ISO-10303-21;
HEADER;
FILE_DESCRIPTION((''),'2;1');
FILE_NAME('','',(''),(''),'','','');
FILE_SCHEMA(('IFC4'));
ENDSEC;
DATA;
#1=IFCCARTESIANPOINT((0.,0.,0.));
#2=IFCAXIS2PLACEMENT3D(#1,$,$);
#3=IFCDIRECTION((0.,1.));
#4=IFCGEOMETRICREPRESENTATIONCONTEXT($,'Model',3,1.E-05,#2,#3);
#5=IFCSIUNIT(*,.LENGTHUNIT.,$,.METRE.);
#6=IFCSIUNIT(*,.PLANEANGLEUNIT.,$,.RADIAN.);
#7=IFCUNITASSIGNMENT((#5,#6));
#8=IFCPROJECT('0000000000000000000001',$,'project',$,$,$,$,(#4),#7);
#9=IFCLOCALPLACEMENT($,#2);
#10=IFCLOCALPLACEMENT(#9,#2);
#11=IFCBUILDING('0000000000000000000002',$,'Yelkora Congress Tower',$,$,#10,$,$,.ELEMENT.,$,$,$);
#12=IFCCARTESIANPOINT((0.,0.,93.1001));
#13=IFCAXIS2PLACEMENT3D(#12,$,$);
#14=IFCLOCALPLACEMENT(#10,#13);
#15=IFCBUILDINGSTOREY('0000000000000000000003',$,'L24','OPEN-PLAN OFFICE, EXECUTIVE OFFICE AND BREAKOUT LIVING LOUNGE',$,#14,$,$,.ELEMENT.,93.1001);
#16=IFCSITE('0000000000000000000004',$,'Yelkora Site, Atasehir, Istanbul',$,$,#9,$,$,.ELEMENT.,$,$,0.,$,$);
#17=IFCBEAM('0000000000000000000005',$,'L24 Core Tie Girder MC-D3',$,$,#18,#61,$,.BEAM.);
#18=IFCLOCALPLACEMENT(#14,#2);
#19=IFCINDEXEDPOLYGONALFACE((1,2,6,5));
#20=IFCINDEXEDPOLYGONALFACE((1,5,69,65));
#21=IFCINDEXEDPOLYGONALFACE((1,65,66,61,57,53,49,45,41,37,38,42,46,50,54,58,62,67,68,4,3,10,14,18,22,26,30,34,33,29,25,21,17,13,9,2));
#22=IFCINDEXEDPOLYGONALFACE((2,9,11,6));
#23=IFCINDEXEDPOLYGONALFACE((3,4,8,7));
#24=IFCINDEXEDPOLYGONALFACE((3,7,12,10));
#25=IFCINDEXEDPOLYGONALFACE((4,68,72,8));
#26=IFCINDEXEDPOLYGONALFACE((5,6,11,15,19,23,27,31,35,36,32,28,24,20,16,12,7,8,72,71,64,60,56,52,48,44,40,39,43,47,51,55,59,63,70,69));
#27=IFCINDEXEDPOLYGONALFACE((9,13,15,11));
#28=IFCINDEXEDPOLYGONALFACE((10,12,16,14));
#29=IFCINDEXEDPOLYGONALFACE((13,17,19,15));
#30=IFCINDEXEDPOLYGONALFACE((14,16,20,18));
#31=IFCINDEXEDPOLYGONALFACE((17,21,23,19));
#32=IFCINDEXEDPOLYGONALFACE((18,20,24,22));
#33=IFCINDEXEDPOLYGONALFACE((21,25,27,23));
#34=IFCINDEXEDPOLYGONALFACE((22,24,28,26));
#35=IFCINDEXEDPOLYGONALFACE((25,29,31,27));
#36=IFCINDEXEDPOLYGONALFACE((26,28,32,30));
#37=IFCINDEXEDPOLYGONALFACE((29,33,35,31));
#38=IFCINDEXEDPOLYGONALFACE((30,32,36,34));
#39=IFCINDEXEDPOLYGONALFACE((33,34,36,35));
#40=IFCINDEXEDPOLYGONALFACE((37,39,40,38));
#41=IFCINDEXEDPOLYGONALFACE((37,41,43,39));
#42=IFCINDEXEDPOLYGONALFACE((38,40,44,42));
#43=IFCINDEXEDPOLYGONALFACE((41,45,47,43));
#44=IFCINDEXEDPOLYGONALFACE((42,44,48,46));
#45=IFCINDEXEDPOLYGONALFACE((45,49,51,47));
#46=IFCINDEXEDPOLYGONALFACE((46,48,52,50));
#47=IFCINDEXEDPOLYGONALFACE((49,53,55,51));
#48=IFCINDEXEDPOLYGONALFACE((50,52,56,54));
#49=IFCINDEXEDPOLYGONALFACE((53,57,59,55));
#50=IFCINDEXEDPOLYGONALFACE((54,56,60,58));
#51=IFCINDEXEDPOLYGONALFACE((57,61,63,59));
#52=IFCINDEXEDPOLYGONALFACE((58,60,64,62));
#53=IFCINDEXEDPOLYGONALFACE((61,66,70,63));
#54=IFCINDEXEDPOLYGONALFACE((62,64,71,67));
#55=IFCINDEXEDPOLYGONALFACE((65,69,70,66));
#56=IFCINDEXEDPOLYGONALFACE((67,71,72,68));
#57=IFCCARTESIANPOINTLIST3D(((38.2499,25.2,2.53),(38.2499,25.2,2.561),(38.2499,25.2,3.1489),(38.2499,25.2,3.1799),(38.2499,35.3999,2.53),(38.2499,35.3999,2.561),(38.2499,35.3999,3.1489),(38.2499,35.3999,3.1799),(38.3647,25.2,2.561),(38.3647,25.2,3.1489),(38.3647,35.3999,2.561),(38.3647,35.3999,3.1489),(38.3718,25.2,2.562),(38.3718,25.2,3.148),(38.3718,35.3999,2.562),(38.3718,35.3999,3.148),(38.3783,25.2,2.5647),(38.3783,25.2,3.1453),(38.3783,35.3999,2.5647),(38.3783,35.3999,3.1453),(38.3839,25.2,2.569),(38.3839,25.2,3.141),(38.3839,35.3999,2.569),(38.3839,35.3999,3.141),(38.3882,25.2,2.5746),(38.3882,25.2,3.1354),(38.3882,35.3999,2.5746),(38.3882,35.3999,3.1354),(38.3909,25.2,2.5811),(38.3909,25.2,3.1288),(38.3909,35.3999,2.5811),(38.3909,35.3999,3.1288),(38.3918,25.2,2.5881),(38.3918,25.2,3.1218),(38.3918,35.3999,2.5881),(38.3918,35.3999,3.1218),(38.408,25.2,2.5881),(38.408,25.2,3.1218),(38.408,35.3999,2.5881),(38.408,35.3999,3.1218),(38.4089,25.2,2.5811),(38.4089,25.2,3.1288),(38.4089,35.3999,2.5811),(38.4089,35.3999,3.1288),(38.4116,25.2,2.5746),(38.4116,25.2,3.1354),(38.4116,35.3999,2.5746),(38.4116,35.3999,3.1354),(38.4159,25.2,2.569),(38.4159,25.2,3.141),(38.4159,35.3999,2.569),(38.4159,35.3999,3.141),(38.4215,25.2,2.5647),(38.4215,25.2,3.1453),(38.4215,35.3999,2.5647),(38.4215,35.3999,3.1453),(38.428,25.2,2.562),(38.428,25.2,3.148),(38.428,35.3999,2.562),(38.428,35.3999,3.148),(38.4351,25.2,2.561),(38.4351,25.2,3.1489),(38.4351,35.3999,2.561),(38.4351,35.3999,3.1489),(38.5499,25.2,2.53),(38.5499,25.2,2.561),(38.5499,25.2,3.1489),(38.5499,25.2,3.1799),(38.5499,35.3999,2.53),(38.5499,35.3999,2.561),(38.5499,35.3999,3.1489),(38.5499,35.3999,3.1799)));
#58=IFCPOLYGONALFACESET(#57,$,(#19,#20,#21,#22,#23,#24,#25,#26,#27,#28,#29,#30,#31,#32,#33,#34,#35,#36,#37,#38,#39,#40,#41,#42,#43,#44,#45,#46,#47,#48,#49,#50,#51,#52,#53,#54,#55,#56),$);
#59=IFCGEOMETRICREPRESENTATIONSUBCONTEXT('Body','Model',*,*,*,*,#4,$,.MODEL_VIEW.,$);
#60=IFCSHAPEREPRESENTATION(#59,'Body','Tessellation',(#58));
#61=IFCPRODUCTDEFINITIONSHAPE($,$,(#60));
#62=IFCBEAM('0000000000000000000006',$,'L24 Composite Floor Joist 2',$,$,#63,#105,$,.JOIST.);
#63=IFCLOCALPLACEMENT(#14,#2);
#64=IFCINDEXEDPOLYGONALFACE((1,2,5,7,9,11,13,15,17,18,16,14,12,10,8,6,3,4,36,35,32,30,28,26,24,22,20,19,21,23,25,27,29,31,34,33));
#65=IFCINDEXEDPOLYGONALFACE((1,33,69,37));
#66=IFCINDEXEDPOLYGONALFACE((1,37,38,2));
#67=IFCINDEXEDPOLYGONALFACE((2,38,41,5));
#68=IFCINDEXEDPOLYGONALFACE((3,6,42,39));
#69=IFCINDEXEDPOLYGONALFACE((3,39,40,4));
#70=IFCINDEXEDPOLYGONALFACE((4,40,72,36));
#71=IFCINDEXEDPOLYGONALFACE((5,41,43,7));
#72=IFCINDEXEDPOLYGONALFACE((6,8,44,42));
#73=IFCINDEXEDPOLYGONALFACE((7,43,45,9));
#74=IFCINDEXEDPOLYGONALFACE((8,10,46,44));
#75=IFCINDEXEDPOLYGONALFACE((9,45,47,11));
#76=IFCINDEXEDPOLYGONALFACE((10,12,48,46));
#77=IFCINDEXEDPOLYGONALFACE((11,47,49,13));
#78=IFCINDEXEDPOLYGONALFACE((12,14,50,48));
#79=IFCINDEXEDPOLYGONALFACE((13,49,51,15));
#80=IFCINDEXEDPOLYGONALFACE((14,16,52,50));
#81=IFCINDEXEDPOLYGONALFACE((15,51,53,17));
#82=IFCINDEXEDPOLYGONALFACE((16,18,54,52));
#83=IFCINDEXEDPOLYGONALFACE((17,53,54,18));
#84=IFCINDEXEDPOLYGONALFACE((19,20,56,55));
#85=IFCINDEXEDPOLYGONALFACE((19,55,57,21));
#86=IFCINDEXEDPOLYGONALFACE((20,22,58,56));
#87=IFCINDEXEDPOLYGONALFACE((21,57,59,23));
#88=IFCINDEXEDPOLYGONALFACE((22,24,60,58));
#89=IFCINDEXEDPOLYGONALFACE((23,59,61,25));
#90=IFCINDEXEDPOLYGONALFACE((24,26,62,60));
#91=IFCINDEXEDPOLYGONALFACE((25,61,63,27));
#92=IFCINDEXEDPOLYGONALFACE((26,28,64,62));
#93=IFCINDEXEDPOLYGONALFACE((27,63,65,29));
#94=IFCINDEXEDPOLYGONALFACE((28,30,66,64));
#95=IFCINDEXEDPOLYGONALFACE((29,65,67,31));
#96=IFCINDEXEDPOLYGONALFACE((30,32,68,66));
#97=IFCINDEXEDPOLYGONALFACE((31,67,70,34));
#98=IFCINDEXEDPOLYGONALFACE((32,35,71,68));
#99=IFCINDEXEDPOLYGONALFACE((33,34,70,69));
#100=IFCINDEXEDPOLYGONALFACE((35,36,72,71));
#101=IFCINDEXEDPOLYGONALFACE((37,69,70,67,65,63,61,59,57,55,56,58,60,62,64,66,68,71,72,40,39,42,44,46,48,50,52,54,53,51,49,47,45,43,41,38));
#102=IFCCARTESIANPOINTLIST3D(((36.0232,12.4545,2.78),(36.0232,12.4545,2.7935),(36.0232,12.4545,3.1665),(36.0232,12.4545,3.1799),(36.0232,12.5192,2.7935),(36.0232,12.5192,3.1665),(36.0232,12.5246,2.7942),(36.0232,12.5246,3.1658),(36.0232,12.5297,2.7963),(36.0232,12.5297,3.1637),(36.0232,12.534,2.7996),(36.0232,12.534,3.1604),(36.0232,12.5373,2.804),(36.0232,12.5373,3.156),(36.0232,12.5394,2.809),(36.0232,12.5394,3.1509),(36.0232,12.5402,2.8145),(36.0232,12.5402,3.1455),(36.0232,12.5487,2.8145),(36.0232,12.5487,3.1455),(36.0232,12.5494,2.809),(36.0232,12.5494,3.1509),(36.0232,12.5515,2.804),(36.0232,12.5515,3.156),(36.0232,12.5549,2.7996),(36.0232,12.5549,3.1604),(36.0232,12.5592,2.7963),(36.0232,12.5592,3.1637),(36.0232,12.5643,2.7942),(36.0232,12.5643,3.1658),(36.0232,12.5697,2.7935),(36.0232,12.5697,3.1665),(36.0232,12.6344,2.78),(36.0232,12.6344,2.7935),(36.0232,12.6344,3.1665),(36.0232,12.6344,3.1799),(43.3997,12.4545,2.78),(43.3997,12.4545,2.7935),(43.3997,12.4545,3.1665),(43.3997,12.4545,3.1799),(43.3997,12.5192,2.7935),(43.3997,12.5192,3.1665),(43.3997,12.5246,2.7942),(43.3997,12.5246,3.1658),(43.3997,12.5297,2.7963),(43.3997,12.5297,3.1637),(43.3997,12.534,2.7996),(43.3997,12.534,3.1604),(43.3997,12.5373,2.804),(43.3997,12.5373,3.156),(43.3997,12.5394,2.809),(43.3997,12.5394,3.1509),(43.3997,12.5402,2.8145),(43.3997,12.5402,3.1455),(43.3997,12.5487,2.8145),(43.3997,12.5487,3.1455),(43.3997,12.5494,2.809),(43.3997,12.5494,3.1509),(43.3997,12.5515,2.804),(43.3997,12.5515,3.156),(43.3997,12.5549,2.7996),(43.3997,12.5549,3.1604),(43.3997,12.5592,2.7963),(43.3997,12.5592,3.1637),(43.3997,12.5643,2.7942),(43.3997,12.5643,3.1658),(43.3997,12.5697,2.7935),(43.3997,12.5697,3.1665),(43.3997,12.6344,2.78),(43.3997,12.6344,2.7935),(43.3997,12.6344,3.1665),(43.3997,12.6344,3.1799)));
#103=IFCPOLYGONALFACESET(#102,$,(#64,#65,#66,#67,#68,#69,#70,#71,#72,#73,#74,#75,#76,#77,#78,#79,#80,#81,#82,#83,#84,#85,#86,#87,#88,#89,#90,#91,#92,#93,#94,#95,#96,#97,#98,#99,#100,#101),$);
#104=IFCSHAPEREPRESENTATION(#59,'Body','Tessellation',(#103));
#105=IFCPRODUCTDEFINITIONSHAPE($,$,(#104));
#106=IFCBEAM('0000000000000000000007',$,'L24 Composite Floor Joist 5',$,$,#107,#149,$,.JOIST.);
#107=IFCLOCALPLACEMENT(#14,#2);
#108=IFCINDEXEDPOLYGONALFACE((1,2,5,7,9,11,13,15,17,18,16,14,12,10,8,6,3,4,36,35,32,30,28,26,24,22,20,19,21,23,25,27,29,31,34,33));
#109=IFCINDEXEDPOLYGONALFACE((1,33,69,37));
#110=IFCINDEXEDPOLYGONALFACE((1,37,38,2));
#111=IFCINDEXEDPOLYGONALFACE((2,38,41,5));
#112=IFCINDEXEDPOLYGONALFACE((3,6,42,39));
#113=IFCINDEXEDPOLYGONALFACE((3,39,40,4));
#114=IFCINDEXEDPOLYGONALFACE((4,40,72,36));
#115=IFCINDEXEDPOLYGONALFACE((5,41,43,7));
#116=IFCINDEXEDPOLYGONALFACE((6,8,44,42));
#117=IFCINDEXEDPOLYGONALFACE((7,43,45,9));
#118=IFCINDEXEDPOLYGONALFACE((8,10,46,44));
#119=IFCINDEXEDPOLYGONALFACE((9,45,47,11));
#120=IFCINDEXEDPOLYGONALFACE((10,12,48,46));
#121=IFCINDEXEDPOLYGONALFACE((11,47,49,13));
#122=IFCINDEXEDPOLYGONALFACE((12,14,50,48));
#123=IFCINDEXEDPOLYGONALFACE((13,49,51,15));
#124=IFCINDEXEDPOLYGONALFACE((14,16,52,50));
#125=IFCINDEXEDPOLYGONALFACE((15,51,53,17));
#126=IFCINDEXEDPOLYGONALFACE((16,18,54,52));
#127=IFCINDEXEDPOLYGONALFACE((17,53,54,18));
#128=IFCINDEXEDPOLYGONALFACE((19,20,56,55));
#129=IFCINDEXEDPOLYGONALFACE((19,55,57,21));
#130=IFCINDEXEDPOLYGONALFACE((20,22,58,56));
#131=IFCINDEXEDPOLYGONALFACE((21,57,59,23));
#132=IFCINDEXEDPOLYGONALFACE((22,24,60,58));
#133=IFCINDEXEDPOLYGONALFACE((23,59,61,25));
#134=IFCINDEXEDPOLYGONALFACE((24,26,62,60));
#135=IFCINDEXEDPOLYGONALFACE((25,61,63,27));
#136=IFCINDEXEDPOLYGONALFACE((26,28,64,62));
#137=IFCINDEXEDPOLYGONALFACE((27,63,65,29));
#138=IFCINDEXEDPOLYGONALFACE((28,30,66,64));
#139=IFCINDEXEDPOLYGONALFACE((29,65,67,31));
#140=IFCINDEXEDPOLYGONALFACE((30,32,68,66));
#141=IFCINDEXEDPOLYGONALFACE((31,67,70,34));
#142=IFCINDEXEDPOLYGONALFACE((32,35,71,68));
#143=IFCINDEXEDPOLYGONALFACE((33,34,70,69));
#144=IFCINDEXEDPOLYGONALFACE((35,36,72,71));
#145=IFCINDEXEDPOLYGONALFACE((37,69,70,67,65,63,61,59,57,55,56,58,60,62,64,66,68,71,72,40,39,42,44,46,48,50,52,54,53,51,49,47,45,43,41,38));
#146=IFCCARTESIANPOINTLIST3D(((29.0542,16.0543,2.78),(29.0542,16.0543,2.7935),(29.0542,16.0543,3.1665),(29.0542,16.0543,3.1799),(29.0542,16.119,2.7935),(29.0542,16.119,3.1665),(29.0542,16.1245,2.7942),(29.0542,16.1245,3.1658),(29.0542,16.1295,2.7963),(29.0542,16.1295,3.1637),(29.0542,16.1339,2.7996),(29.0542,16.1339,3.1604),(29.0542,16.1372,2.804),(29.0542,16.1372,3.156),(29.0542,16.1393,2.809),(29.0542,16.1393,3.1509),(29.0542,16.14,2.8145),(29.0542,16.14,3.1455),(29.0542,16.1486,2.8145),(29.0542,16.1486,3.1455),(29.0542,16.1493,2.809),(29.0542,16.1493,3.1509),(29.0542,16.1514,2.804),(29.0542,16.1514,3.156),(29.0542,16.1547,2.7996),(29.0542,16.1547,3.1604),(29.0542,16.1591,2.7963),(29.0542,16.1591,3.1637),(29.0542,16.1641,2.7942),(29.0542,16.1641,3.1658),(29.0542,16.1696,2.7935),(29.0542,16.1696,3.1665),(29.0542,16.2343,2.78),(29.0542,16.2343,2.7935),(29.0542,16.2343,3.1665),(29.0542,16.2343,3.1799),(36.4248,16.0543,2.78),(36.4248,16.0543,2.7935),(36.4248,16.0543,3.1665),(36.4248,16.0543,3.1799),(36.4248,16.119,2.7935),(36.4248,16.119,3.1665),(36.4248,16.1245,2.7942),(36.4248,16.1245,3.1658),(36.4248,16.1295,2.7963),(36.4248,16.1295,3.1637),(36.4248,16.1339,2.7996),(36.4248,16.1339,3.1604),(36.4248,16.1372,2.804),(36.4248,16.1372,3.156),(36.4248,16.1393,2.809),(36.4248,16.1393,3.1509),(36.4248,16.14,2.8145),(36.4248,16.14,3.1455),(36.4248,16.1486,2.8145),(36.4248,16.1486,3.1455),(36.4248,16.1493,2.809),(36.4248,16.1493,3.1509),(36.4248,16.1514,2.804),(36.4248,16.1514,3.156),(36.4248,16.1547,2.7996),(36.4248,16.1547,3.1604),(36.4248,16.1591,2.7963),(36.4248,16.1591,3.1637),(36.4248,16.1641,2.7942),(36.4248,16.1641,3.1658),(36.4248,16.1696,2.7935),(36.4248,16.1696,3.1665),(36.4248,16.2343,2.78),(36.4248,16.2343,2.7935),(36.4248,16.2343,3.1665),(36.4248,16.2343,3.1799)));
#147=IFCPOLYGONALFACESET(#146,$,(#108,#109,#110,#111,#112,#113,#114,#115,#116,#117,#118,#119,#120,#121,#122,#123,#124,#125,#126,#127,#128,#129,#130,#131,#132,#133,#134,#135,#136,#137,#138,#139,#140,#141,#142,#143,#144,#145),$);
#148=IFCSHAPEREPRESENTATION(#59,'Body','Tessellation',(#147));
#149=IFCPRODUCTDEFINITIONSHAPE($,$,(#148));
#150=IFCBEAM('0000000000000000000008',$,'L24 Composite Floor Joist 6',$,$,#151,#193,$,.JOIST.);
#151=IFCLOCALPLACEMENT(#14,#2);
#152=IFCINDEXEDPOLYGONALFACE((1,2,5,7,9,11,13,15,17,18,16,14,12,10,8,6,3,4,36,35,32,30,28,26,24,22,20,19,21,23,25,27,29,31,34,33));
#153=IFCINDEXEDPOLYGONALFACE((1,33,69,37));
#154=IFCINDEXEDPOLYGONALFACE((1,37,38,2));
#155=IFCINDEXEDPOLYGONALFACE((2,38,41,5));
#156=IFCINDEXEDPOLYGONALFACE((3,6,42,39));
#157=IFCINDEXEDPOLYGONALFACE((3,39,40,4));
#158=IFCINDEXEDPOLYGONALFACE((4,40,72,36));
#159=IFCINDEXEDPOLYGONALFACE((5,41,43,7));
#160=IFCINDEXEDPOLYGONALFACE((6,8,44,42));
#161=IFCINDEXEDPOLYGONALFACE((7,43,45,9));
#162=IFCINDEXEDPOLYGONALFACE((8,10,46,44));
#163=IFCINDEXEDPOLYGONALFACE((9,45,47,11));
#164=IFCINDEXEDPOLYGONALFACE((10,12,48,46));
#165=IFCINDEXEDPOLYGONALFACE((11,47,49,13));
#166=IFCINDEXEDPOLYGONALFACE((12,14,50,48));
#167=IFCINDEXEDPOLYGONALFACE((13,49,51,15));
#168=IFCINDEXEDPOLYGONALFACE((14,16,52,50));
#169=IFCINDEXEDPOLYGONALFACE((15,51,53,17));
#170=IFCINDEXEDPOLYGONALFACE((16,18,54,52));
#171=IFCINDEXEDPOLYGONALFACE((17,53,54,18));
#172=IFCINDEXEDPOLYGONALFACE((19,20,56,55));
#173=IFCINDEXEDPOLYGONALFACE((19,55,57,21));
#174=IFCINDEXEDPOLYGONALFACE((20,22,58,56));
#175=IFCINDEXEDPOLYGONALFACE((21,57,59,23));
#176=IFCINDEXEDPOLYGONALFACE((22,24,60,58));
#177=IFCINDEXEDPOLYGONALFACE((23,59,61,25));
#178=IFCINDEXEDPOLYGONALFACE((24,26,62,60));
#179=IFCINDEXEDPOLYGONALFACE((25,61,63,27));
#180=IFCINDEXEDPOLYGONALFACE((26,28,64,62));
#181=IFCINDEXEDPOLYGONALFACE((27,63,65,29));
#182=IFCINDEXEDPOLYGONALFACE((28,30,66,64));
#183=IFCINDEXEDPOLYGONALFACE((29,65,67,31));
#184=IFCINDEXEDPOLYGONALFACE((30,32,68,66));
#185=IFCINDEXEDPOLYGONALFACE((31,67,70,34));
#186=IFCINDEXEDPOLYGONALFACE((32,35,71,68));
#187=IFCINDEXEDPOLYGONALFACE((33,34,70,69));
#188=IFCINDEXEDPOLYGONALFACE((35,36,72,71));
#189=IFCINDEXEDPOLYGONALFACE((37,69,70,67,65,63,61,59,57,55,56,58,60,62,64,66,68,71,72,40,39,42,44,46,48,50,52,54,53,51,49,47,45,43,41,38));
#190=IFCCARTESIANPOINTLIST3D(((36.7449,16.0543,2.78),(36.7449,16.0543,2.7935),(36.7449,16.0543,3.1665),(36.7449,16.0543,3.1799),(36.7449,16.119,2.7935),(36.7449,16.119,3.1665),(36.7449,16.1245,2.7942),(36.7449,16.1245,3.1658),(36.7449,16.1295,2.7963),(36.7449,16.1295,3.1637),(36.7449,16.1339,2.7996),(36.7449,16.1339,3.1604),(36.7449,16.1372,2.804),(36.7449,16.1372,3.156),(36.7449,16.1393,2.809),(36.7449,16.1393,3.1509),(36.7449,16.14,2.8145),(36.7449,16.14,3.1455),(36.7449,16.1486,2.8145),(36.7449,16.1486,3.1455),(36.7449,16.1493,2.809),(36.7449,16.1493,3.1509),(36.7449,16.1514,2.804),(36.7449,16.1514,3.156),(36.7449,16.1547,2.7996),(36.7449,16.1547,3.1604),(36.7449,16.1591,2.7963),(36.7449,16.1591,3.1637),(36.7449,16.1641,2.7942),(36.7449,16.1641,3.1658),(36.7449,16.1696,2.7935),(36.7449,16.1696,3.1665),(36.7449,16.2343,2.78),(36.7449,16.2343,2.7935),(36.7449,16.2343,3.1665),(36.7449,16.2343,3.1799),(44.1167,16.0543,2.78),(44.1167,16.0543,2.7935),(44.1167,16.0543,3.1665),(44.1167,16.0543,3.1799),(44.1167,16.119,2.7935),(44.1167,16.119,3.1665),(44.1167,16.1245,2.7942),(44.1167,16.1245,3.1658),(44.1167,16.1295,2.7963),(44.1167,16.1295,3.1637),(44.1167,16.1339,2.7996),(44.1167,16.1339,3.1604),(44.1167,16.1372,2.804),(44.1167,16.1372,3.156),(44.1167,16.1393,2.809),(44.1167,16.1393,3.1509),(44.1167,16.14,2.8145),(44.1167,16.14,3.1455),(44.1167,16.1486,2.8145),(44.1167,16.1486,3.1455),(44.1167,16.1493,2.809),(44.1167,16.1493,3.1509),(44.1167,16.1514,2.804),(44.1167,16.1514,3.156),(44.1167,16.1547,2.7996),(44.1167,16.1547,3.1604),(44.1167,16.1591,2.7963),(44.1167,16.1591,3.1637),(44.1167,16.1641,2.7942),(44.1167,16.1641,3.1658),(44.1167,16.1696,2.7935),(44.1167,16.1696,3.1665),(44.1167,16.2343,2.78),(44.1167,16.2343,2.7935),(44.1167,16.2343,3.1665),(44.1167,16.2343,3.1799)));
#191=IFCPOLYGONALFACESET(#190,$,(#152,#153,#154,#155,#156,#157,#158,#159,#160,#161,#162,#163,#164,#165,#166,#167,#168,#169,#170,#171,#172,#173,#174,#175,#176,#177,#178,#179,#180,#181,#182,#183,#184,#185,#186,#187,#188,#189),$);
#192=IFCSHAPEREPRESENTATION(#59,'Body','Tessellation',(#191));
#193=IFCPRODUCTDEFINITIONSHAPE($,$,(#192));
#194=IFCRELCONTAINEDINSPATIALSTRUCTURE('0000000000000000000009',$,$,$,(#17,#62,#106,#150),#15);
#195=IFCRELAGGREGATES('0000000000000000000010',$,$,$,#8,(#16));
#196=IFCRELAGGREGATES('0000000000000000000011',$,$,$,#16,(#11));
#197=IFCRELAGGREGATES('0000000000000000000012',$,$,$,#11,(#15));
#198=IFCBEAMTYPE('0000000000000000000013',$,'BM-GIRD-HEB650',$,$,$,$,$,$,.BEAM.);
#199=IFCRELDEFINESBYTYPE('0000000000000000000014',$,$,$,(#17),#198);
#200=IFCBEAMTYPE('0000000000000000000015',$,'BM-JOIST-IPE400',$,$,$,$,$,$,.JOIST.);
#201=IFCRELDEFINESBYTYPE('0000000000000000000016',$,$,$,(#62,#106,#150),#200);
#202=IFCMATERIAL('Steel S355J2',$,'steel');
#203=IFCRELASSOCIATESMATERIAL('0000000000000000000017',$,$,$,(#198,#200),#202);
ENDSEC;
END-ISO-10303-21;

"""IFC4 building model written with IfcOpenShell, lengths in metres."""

from ifc_helpers import new_model, si_unit, direction, frame, origin, origin_2d, place, context, subcontext, project, spatial, i_section, extrude, material, material_profile, profile_set, type_object, element, save


model = new_model("IFC4")

# Units and contexts
model_context = context("Model", 3, precision=1e-05, world=origin(), true_north=direction((0.0, 1.0)))
body_context = subcontext(model_context, "Body", "Model", "MODEL_VIEW")
ifc_project = project(units=[si_unit("LENGTHUNIT", "METRE"), si_unit("PLANEANGLEUNIT", "RADIAN")], contexts=[model_context])

# Site, building, storey
site_placement = place(None, origin())
site = spatial("IfcSite", under=ifc_project, at=site_placement, Name="Yelkora Site, Atasehir, Istanbul", CompositionType="ELEMENT", RefElevation=0.0)
building_placement = place(site_placement, origin())
building = spatial("IfcBuilding", under=site, at=building_placement, Name="Yelkora Congress Tower", CompositionType="ELEMENT")
storey_placement = place(building_placement, frame((0.0, 0.0, 93.1001)))
storey = spatial("IfcBuildingStorey", under=building, at=storey_placement, Name="L24", Description="OPEN-PLAN OFFICE, EXECUTIVE OFFICE AND BREAKOUT LIVING LOUNGE", CompositionType="ELEMENT", Elevation=93.1001)

# Beams
ifc_material_1 = material(Name="Steel S355J2", Category="steel")
ifc_material_profile_1 = material_profile(ifc_material_1, i_section(OverallWidth=0.3, OverallDepth=0.6499, WebThickness=0.0161, FlangeThickness=0.031, FilletRadius=0.0271, at=origin_2d()), Name="HEB 650")
ifc_profile_set_1 = profile_set([ifc_material_profile_1], Name="Steel S355J2")
beam_type_1 = type_object("IfcBeamType", Name="BM-GIRD-HEB650", PredefinedType="BEAM", material=ifc_profile_set_1)
for number, where, z_axis, x_axis, name in (
    (1, (38.3999, 25.2, 2.855), (0.0, 1.0, 0.0), (-1.0, 0.0, 0.0), "L24 Core Tie Girder MC-D3"),
):
    element("IfcBeam", number, at=place(storey_placement, frame(where, z_axis=z_axis, x_axis=x_axis)), inside=storey, type_object=beam_type_1, Name=name, PredefinedType="BEAM", context=body_context, shape_type="SweptSolid", body=[
        extrude(i_section(OverallWidth=0.3, OverallDepth=0.6499, WebThickness=0.0161, FlangeThickness=0.031, FilletRadius=0.0271, at=origin_2d()), origin(), (0.0, 0.0, 1.0), 10.2),
    ])
ifc_material_profile_2 = material_profile(ifc_material_1, i_section(OverallWidth=0.1799, OverallDepth=0.3999, WebThickness=0.0085, FlangeThickness=0.0134, FilletRadius=0.021, at=origin_2d()), Name="IPE 400")
ifc_profile_set_2 = profile_set([ifc_material_profile_2], Name="Steel S355J2")
beam_type_2 = type_object("IfcBeamType", Name="BM-JOIST-IPE400", PredefinedType="JOIST", material=ifc_profile_set_2)
beam_1_placement = place(storey_placement, frame((36.0232, 12.5444, 2.98), z_axis=(1.0, 0.0, 0.0), x_axis=(0.0, 1.0, 0.0)))
element("IfcBeam", 2, at=beam_1_placement, inside=storey, type_object=beam_type_2, Name="L24 Composite Floor Joist 2", PredefinedType="JOIST", context=body_context, shape_type="SweptSolid", body=[
    extrude(i_section(OverallWidth=0.1799, OverallDepth=0.3999, WebThickness=0.0085, FlangeThickness=0.0134, FilletRadius=0.021, at=origin_2d()), origin(), (0.0, 0.0, 1.0), 7.3765),
])
beam_2_placement = place(storey_placement, frame((29.0542, 16.1443, 2.98), z_axis=(1.0, 0.0, 0.0), x_axis=(0.0, 1.0, 0.0)))
element("IfcBeam", 3, at=beam_2_placement, inside=storey, type_object=beam_type_2, Name="L24 Composite Floor Joist 5", PredefinedType="JOIST", context=body_context, shape_type="SweptSolid", body=[
    extrude(i_section(OverallWidth=0.1799, OverallDepth=0.3999, WebThickness=0.0085, FlangeThickness=0.0134, FilletRadius=0.021, at=origin_2d()), origin(), (0.0, 0.0, 1.0), 7.3706),
])
beam_3_placement = place(storey_placement, frame((36.7449, 16.1443, 2.98), z_axis=(1.0, 0.0, 0.0), x_axis=(0.0, 1.0, 0.0)))
element("IfcBeam", 4, at=beam_3_placement, inside=storey, type_object=beam_type_2, Name="L24 Composite Floor Joist 6", PredefinedType="JOIST", context=body_context, shape_type="SweptSolid", body=[
    extrude(i_section(OverallWidth=0.1799, OverallDepth=0.3999, WebThickness=0.0085, FlangeThickness=0.0134, FilletRadius=0.021, at=origin_2d()), origin(), (0.0, 0.0, 1.0), 7.3718),
])

save(model, "model.ifc")
